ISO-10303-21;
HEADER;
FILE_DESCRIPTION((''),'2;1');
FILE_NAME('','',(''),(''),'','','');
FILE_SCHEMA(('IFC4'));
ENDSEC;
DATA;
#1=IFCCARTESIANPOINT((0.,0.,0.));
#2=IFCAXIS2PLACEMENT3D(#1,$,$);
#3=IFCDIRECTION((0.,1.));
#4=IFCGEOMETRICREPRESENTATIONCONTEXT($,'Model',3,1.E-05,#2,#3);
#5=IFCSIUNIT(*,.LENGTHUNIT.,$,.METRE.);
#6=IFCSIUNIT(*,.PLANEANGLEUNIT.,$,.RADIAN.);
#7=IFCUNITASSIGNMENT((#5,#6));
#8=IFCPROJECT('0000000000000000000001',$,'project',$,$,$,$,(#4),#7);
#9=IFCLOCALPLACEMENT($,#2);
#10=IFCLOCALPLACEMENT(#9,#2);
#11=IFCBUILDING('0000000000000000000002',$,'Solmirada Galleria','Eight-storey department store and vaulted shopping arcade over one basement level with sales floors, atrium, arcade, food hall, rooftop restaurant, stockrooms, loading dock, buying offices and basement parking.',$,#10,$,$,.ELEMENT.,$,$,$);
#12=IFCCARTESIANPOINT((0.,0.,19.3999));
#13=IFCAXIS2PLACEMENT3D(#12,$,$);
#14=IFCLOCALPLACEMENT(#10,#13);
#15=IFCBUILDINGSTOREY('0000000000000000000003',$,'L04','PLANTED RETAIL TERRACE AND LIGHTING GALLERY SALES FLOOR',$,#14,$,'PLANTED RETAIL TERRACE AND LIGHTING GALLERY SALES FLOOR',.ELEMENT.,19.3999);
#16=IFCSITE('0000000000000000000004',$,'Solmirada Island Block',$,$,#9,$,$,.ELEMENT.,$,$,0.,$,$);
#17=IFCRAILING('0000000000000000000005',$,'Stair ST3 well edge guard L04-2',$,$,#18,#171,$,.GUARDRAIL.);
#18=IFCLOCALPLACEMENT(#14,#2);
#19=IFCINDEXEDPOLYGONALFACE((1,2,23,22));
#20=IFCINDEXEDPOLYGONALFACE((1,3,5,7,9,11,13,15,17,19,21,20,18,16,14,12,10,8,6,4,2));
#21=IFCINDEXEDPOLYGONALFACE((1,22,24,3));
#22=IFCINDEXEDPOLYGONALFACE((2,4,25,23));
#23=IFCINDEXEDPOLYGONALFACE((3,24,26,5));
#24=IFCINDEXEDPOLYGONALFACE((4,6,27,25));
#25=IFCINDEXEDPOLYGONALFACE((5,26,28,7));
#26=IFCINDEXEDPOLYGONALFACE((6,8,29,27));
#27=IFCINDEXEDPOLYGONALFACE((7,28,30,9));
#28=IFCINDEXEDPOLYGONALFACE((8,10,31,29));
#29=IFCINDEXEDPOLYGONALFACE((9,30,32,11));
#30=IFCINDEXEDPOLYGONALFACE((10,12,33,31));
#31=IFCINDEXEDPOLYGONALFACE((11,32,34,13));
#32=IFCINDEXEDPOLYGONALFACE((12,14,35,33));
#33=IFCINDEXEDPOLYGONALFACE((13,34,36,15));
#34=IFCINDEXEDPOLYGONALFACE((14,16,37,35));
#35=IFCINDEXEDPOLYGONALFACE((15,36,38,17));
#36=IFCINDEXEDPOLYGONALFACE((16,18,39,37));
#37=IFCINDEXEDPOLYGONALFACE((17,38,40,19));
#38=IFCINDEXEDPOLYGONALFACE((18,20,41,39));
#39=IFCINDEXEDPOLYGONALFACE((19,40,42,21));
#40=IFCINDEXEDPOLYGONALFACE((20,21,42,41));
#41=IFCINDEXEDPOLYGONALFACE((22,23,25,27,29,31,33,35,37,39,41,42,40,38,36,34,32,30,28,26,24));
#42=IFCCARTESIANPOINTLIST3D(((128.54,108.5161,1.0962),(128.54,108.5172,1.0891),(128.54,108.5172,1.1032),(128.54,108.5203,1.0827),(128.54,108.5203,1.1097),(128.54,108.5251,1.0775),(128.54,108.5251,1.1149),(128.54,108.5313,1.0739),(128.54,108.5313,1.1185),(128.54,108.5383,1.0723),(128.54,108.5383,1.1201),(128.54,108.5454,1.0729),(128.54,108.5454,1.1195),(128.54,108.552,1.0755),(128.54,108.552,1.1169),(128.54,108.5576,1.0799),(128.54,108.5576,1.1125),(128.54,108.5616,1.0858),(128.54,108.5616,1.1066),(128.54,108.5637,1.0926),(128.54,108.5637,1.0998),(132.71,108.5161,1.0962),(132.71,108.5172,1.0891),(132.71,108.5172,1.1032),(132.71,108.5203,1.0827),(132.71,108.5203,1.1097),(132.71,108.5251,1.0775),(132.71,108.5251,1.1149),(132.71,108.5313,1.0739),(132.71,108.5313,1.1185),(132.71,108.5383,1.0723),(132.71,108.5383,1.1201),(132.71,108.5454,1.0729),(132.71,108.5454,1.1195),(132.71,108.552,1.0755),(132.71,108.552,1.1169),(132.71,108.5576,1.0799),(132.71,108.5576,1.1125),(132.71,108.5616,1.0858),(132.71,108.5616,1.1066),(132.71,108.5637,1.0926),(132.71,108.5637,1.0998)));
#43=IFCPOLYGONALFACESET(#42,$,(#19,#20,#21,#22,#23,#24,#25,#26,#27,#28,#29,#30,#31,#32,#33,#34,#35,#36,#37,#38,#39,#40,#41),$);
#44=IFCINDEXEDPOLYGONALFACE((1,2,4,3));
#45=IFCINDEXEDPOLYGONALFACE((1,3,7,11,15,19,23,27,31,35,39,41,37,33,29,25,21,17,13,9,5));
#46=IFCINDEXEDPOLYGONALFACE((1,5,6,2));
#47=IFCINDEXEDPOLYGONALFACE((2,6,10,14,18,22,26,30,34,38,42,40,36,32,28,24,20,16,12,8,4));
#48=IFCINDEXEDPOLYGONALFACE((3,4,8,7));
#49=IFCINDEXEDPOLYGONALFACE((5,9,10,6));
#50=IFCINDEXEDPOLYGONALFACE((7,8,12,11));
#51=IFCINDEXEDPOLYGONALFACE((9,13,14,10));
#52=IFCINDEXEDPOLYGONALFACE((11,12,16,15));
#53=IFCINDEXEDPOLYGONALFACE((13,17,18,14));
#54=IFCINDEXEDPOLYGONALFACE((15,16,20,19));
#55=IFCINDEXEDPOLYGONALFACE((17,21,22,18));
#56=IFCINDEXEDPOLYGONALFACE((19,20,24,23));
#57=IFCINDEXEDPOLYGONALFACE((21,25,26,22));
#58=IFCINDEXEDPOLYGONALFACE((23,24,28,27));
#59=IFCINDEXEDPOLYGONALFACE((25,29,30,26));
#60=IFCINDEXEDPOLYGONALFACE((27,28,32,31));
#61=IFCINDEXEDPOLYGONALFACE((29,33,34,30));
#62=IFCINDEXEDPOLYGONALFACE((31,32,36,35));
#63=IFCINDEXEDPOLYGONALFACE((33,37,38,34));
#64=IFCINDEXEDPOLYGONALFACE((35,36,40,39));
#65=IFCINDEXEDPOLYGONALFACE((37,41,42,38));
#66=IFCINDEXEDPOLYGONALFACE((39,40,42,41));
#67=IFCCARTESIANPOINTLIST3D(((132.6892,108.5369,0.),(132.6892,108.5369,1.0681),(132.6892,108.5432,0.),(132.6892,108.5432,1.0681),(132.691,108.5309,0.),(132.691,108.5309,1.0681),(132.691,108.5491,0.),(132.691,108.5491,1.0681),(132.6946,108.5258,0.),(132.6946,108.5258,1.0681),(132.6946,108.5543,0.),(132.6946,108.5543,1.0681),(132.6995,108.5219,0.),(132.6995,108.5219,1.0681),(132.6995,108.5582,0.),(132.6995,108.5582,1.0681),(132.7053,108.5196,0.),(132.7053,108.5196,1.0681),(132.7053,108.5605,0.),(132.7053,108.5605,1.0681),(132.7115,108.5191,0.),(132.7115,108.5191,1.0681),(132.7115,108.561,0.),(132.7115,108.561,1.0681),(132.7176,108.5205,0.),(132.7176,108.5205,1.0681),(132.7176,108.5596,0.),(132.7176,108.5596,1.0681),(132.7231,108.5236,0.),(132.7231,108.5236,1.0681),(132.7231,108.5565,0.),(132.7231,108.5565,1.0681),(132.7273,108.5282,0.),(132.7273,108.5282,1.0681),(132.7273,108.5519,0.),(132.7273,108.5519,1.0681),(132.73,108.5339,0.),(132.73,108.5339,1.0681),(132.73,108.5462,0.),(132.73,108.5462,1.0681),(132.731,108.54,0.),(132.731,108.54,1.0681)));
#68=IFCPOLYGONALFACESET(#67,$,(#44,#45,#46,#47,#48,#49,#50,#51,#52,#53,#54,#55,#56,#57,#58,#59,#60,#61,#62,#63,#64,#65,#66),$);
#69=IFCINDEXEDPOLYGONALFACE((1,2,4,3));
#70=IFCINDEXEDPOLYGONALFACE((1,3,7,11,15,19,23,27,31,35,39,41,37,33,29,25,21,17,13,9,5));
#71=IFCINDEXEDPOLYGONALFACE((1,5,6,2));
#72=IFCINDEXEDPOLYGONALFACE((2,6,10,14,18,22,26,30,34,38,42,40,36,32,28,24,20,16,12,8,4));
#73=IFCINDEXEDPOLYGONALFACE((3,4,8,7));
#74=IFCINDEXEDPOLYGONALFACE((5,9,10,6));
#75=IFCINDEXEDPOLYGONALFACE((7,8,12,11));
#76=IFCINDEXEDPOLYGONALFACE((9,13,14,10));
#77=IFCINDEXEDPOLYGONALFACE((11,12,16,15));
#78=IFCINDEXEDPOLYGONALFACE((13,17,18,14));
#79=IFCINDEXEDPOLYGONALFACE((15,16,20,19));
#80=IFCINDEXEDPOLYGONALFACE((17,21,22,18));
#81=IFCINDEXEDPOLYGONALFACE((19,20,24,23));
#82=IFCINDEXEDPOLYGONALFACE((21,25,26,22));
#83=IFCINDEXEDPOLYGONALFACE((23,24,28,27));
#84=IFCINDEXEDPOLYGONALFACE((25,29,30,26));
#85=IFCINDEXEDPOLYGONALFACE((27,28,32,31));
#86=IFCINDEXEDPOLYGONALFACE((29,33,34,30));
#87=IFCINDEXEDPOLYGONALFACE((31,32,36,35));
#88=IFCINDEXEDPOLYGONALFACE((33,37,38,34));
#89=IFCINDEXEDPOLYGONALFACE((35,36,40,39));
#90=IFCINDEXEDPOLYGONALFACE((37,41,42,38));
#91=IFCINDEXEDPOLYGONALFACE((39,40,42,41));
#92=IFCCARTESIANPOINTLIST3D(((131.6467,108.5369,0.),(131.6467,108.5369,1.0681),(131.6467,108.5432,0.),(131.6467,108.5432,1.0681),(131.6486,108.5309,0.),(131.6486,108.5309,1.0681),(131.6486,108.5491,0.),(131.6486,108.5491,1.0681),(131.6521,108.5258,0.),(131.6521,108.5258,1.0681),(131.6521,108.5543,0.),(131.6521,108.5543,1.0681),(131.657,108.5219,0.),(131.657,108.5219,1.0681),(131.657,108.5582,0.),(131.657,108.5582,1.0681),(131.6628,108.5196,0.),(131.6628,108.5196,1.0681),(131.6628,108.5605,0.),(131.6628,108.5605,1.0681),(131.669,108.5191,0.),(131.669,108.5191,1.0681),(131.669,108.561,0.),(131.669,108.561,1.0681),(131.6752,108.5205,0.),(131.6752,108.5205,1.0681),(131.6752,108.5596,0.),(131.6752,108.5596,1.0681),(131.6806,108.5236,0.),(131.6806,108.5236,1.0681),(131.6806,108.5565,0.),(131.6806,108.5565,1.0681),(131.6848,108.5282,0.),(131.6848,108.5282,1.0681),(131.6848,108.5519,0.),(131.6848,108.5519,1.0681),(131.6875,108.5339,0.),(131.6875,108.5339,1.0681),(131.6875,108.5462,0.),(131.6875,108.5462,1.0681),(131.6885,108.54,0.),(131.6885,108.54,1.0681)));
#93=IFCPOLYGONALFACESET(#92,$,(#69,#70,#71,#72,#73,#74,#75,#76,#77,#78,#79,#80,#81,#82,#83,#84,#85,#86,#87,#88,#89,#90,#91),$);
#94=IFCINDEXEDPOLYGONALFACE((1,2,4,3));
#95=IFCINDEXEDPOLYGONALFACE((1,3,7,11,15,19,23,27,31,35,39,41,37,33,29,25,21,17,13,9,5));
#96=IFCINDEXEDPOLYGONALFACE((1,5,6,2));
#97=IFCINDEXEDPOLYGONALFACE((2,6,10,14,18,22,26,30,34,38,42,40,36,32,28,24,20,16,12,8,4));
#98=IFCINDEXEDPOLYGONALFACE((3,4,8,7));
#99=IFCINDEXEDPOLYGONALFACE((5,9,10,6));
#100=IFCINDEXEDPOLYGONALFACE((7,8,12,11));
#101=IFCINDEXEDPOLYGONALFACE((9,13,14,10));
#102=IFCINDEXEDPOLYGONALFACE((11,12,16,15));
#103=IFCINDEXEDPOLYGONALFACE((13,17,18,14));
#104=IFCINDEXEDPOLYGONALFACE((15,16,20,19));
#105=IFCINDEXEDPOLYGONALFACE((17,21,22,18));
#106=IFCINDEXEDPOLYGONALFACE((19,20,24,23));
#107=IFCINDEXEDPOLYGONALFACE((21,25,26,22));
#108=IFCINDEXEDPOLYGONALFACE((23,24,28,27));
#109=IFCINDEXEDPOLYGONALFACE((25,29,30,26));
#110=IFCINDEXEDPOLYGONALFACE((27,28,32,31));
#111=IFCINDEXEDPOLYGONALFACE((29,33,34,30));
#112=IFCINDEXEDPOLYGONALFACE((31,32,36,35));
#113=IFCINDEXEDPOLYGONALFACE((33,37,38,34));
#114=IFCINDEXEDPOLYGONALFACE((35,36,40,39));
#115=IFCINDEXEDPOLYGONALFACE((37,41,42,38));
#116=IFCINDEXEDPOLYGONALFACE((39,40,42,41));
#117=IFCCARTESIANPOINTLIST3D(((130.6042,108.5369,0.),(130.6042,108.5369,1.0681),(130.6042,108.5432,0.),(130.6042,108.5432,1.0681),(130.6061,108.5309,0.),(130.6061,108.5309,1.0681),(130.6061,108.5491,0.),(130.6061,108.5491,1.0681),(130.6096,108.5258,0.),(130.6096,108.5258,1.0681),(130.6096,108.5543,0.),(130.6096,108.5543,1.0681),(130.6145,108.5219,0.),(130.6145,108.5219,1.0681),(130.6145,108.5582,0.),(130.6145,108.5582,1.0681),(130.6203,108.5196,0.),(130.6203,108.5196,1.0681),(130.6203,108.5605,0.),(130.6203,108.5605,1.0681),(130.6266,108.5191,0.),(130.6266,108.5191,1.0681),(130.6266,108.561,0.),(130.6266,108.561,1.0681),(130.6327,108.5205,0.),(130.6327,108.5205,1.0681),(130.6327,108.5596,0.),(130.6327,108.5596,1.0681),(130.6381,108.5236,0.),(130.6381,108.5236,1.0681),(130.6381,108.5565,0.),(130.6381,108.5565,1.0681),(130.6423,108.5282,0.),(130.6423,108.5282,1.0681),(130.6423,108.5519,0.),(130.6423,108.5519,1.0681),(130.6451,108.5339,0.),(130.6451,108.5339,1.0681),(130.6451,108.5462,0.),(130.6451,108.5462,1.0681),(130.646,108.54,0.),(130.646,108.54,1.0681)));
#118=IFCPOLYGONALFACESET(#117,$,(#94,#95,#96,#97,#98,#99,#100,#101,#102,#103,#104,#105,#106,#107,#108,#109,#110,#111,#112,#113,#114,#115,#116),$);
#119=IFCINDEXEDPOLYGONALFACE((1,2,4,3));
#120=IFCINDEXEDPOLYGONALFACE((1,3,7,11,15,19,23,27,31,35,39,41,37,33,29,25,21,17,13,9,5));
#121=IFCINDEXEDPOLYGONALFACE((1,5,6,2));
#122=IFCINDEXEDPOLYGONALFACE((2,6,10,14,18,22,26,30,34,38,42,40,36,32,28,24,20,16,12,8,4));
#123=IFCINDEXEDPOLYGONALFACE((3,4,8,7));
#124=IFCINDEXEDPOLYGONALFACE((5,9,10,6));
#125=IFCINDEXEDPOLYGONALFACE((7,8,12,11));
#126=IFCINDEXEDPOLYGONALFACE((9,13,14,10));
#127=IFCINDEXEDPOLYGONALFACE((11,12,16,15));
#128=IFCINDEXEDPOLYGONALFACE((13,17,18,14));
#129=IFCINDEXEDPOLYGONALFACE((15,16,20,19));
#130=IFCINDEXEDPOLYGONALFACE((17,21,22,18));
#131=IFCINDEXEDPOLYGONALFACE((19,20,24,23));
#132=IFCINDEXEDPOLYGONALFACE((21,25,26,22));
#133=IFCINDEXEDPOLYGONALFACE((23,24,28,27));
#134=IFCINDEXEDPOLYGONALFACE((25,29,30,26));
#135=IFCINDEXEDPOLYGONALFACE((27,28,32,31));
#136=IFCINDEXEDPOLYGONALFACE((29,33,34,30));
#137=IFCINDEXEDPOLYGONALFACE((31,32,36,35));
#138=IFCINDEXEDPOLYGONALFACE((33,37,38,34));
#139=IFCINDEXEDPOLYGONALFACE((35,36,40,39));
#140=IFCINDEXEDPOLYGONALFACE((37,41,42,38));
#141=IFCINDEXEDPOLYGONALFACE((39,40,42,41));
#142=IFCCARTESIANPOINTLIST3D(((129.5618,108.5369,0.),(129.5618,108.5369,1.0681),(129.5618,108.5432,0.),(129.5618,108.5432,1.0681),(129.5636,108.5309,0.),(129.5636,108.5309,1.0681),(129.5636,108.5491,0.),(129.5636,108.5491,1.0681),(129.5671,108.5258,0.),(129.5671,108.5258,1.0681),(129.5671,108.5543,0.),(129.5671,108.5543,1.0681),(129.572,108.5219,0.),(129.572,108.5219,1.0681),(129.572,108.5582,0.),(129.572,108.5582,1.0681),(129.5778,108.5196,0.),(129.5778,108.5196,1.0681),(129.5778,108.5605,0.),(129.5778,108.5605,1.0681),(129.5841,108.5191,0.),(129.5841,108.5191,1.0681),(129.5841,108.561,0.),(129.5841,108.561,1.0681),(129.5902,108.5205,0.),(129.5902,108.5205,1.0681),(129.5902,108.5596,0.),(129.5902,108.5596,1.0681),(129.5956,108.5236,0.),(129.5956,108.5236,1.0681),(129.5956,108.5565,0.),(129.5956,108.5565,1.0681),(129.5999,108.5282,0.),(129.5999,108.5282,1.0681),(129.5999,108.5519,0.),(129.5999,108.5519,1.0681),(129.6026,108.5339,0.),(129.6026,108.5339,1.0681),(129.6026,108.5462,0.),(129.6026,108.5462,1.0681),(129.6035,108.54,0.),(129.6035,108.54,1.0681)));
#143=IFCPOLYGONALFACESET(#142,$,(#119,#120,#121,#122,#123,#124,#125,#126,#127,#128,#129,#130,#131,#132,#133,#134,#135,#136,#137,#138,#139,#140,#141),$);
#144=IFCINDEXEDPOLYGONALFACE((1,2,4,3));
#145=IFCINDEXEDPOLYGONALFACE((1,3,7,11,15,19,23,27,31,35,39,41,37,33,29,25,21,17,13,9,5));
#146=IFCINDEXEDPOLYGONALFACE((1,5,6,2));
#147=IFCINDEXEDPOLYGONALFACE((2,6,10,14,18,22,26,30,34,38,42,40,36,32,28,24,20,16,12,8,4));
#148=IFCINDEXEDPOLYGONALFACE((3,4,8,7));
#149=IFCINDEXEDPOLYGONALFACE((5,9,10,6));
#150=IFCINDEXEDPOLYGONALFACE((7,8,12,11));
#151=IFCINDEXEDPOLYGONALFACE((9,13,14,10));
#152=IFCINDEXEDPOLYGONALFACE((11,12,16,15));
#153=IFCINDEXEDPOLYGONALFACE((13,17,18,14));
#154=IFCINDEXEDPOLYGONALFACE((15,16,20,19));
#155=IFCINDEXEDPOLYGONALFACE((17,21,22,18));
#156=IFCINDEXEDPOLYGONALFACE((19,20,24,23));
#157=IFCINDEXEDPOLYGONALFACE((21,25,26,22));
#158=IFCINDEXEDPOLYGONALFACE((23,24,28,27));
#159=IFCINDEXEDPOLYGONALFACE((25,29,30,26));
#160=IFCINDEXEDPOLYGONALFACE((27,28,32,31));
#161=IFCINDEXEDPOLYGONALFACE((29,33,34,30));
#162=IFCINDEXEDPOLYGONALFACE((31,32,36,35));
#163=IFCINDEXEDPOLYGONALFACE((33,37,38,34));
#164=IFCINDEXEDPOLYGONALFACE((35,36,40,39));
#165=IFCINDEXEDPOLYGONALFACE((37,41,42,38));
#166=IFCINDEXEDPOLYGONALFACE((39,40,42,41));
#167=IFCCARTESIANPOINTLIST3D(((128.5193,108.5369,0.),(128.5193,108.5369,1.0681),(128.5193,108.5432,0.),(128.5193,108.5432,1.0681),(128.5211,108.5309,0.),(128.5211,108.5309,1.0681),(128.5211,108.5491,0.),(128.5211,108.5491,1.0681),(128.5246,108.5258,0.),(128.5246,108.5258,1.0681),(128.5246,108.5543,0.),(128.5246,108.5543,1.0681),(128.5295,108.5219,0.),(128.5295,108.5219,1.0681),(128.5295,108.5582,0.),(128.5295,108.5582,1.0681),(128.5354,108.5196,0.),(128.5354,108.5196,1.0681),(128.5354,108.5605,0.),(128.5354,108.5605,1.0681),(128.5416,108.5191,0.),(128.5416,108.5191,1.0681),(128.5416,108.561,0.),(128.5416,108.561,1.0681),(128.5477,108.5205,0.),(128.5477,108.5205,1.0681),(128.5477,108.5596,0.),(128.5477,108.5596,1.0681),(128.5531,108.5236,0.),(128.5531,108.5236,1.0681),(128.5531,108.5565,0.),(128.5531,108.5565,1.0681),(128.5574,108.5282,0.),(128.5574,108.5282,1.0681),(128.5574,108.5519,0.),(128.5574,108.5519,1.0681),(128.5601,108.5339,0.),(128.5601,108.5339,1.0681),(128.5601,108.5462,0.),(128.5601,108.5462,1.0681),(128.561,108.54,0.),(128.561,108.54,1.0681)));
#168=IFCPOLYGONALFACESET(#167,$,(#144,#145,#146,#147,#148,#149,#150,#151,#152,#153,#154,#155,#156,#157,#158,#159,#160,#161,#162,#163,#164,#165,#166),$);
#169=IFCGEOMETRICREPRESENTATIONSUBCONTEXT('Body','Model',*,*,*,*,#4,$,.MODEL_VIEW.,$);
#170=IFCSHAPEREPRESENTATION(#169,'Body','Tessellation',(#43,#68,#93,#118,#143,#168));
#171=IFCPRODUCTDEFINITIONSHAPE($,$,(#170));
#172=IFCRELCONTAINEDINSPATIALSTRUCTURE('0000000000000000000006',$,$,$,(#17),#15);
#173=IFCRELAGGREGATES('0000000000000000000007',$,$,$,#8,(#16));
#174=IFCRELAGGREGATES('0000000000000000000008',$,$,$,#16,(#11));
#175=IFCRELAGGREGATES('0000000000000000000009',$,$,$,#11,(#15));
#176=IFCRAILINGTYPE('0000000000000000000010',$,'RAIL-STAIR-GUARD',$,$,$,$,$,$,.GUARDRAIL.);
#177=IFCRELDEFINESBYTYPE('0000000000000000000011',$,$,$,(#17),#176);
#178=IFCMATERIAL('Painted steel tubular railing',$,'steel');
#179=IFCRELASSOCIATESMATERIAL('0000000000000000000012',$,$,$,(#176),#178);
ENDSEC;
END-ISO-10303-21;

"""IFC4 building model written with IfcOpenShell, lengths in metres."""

from ifc_helpers import new_model, si_unit, direction, frame, origin, origin_2d, place, context, subcontext, project, spatial, circle, extrude, material, type_object, element, save


model = new_model("IFC4")

# Units and contexts
model_context = context("Model", 3, precision=1e-05, world=origin(), true_north=direction((0.0, 1.0)))
body_context = subcontext(model_context, "Body", "Model", "MODEL_VIEW")
ifc_project = project(units=[si_unit("LENGTHUNIT", "METRE"), si_unit("PLANEANGLEUNIT", "RADIAN")], contexts=[model_context])

# Site, building, storey
site_placement = place(None, origin())
site = spatial("IfcSite", under=ifc_project, at=site_placement, Name="Solmirada Island Block", CompositionType="ELEMENT", RefElevation=0.0)
building_placement = place(site_placement, origin())
building = spatial("IfcBuilding", under=site, at=building_placement, Name="Solmirada Galleria", Description="Eight-storey department store and vaulted shopping arcade over one basement level with sales floors, atrium, arcade, food hall, rooftop restaurant, stockrooms, loading dock, buying offices and basement parking.", CompositionType="ELEMENT")
storey_placement = place(building_placement, frame((0.0, 0.0, 19.3999)))
storey = spatial("IfcBuildingStorey", under=building, at=storey_placement, Name="L04", Description="PLANTED RETAIL TERRACE AND LIGHTING GALLERY SALES FLOOR", LongName="PLANTED RETAIL TERRACE AND LIGHTING GALLERY SALES FLOOR", CompositionType="ELEMENT", Elevation=19.3999)

# Railing
ifc_material_1 = material(Name="Painted steel tubular railing", Category="steel")
railing_type_1 = type_object("IfcRailingType", Name="RAIL-STAIR-GUARD", PredefinedType="GUARDRAIL", material=ifc_material_1)
railing_1_placement = place(storey_placement, frame((132.71, 108.54, 0.0)))
element("IfcRailing", 1, at=railing_1_placement, inside=storey, type_object=railing_type_1, Name="Stair ST3 well edge guard L04-2", PredefinedType="GUARDRAIL", context=body_context, shape_type="SweptSolid", body=[
    extrude(circle(Radius=0.0239, at=origin_2d()), frame((0.0, 0.0, 1.0962), z_axis=(-1.0, 0.0, 0.0), x_axis=(0.0, -1.0, 0.0)), (0.0, 0.0, 1.0), 4.1699),
    extrude(circle(Radius=0.021, at=origin_2d()), origin(), (0.0, 0.0, 1.0), 1.0681),
    extrude(circle(Radius=0.021, at=origin_2d()), frame((-1.0425, 0.0, 0.0)), (0.0, 0.0, 1.0), 1.0681),
    extrude(circle(Radius=0.021, at=origin_2d()), frame((-2.085, 0.0, 0.0)), (0.0, 0.0, 1.0), 1.0681),
    extrude(circle(Radius=0.021, at=origin_2d()), frame((-3.1274, 0.0, 0.0)), (0.0, 0.0, 1.0), 1.0681),
    extrude(circle(Radius=0.021, at=origin_2d()), frame((-4.1699, 0.0, 0.0)), (0.0, 0.0, 1.0), 1.0681),
])

save(model, "model.ifc")
